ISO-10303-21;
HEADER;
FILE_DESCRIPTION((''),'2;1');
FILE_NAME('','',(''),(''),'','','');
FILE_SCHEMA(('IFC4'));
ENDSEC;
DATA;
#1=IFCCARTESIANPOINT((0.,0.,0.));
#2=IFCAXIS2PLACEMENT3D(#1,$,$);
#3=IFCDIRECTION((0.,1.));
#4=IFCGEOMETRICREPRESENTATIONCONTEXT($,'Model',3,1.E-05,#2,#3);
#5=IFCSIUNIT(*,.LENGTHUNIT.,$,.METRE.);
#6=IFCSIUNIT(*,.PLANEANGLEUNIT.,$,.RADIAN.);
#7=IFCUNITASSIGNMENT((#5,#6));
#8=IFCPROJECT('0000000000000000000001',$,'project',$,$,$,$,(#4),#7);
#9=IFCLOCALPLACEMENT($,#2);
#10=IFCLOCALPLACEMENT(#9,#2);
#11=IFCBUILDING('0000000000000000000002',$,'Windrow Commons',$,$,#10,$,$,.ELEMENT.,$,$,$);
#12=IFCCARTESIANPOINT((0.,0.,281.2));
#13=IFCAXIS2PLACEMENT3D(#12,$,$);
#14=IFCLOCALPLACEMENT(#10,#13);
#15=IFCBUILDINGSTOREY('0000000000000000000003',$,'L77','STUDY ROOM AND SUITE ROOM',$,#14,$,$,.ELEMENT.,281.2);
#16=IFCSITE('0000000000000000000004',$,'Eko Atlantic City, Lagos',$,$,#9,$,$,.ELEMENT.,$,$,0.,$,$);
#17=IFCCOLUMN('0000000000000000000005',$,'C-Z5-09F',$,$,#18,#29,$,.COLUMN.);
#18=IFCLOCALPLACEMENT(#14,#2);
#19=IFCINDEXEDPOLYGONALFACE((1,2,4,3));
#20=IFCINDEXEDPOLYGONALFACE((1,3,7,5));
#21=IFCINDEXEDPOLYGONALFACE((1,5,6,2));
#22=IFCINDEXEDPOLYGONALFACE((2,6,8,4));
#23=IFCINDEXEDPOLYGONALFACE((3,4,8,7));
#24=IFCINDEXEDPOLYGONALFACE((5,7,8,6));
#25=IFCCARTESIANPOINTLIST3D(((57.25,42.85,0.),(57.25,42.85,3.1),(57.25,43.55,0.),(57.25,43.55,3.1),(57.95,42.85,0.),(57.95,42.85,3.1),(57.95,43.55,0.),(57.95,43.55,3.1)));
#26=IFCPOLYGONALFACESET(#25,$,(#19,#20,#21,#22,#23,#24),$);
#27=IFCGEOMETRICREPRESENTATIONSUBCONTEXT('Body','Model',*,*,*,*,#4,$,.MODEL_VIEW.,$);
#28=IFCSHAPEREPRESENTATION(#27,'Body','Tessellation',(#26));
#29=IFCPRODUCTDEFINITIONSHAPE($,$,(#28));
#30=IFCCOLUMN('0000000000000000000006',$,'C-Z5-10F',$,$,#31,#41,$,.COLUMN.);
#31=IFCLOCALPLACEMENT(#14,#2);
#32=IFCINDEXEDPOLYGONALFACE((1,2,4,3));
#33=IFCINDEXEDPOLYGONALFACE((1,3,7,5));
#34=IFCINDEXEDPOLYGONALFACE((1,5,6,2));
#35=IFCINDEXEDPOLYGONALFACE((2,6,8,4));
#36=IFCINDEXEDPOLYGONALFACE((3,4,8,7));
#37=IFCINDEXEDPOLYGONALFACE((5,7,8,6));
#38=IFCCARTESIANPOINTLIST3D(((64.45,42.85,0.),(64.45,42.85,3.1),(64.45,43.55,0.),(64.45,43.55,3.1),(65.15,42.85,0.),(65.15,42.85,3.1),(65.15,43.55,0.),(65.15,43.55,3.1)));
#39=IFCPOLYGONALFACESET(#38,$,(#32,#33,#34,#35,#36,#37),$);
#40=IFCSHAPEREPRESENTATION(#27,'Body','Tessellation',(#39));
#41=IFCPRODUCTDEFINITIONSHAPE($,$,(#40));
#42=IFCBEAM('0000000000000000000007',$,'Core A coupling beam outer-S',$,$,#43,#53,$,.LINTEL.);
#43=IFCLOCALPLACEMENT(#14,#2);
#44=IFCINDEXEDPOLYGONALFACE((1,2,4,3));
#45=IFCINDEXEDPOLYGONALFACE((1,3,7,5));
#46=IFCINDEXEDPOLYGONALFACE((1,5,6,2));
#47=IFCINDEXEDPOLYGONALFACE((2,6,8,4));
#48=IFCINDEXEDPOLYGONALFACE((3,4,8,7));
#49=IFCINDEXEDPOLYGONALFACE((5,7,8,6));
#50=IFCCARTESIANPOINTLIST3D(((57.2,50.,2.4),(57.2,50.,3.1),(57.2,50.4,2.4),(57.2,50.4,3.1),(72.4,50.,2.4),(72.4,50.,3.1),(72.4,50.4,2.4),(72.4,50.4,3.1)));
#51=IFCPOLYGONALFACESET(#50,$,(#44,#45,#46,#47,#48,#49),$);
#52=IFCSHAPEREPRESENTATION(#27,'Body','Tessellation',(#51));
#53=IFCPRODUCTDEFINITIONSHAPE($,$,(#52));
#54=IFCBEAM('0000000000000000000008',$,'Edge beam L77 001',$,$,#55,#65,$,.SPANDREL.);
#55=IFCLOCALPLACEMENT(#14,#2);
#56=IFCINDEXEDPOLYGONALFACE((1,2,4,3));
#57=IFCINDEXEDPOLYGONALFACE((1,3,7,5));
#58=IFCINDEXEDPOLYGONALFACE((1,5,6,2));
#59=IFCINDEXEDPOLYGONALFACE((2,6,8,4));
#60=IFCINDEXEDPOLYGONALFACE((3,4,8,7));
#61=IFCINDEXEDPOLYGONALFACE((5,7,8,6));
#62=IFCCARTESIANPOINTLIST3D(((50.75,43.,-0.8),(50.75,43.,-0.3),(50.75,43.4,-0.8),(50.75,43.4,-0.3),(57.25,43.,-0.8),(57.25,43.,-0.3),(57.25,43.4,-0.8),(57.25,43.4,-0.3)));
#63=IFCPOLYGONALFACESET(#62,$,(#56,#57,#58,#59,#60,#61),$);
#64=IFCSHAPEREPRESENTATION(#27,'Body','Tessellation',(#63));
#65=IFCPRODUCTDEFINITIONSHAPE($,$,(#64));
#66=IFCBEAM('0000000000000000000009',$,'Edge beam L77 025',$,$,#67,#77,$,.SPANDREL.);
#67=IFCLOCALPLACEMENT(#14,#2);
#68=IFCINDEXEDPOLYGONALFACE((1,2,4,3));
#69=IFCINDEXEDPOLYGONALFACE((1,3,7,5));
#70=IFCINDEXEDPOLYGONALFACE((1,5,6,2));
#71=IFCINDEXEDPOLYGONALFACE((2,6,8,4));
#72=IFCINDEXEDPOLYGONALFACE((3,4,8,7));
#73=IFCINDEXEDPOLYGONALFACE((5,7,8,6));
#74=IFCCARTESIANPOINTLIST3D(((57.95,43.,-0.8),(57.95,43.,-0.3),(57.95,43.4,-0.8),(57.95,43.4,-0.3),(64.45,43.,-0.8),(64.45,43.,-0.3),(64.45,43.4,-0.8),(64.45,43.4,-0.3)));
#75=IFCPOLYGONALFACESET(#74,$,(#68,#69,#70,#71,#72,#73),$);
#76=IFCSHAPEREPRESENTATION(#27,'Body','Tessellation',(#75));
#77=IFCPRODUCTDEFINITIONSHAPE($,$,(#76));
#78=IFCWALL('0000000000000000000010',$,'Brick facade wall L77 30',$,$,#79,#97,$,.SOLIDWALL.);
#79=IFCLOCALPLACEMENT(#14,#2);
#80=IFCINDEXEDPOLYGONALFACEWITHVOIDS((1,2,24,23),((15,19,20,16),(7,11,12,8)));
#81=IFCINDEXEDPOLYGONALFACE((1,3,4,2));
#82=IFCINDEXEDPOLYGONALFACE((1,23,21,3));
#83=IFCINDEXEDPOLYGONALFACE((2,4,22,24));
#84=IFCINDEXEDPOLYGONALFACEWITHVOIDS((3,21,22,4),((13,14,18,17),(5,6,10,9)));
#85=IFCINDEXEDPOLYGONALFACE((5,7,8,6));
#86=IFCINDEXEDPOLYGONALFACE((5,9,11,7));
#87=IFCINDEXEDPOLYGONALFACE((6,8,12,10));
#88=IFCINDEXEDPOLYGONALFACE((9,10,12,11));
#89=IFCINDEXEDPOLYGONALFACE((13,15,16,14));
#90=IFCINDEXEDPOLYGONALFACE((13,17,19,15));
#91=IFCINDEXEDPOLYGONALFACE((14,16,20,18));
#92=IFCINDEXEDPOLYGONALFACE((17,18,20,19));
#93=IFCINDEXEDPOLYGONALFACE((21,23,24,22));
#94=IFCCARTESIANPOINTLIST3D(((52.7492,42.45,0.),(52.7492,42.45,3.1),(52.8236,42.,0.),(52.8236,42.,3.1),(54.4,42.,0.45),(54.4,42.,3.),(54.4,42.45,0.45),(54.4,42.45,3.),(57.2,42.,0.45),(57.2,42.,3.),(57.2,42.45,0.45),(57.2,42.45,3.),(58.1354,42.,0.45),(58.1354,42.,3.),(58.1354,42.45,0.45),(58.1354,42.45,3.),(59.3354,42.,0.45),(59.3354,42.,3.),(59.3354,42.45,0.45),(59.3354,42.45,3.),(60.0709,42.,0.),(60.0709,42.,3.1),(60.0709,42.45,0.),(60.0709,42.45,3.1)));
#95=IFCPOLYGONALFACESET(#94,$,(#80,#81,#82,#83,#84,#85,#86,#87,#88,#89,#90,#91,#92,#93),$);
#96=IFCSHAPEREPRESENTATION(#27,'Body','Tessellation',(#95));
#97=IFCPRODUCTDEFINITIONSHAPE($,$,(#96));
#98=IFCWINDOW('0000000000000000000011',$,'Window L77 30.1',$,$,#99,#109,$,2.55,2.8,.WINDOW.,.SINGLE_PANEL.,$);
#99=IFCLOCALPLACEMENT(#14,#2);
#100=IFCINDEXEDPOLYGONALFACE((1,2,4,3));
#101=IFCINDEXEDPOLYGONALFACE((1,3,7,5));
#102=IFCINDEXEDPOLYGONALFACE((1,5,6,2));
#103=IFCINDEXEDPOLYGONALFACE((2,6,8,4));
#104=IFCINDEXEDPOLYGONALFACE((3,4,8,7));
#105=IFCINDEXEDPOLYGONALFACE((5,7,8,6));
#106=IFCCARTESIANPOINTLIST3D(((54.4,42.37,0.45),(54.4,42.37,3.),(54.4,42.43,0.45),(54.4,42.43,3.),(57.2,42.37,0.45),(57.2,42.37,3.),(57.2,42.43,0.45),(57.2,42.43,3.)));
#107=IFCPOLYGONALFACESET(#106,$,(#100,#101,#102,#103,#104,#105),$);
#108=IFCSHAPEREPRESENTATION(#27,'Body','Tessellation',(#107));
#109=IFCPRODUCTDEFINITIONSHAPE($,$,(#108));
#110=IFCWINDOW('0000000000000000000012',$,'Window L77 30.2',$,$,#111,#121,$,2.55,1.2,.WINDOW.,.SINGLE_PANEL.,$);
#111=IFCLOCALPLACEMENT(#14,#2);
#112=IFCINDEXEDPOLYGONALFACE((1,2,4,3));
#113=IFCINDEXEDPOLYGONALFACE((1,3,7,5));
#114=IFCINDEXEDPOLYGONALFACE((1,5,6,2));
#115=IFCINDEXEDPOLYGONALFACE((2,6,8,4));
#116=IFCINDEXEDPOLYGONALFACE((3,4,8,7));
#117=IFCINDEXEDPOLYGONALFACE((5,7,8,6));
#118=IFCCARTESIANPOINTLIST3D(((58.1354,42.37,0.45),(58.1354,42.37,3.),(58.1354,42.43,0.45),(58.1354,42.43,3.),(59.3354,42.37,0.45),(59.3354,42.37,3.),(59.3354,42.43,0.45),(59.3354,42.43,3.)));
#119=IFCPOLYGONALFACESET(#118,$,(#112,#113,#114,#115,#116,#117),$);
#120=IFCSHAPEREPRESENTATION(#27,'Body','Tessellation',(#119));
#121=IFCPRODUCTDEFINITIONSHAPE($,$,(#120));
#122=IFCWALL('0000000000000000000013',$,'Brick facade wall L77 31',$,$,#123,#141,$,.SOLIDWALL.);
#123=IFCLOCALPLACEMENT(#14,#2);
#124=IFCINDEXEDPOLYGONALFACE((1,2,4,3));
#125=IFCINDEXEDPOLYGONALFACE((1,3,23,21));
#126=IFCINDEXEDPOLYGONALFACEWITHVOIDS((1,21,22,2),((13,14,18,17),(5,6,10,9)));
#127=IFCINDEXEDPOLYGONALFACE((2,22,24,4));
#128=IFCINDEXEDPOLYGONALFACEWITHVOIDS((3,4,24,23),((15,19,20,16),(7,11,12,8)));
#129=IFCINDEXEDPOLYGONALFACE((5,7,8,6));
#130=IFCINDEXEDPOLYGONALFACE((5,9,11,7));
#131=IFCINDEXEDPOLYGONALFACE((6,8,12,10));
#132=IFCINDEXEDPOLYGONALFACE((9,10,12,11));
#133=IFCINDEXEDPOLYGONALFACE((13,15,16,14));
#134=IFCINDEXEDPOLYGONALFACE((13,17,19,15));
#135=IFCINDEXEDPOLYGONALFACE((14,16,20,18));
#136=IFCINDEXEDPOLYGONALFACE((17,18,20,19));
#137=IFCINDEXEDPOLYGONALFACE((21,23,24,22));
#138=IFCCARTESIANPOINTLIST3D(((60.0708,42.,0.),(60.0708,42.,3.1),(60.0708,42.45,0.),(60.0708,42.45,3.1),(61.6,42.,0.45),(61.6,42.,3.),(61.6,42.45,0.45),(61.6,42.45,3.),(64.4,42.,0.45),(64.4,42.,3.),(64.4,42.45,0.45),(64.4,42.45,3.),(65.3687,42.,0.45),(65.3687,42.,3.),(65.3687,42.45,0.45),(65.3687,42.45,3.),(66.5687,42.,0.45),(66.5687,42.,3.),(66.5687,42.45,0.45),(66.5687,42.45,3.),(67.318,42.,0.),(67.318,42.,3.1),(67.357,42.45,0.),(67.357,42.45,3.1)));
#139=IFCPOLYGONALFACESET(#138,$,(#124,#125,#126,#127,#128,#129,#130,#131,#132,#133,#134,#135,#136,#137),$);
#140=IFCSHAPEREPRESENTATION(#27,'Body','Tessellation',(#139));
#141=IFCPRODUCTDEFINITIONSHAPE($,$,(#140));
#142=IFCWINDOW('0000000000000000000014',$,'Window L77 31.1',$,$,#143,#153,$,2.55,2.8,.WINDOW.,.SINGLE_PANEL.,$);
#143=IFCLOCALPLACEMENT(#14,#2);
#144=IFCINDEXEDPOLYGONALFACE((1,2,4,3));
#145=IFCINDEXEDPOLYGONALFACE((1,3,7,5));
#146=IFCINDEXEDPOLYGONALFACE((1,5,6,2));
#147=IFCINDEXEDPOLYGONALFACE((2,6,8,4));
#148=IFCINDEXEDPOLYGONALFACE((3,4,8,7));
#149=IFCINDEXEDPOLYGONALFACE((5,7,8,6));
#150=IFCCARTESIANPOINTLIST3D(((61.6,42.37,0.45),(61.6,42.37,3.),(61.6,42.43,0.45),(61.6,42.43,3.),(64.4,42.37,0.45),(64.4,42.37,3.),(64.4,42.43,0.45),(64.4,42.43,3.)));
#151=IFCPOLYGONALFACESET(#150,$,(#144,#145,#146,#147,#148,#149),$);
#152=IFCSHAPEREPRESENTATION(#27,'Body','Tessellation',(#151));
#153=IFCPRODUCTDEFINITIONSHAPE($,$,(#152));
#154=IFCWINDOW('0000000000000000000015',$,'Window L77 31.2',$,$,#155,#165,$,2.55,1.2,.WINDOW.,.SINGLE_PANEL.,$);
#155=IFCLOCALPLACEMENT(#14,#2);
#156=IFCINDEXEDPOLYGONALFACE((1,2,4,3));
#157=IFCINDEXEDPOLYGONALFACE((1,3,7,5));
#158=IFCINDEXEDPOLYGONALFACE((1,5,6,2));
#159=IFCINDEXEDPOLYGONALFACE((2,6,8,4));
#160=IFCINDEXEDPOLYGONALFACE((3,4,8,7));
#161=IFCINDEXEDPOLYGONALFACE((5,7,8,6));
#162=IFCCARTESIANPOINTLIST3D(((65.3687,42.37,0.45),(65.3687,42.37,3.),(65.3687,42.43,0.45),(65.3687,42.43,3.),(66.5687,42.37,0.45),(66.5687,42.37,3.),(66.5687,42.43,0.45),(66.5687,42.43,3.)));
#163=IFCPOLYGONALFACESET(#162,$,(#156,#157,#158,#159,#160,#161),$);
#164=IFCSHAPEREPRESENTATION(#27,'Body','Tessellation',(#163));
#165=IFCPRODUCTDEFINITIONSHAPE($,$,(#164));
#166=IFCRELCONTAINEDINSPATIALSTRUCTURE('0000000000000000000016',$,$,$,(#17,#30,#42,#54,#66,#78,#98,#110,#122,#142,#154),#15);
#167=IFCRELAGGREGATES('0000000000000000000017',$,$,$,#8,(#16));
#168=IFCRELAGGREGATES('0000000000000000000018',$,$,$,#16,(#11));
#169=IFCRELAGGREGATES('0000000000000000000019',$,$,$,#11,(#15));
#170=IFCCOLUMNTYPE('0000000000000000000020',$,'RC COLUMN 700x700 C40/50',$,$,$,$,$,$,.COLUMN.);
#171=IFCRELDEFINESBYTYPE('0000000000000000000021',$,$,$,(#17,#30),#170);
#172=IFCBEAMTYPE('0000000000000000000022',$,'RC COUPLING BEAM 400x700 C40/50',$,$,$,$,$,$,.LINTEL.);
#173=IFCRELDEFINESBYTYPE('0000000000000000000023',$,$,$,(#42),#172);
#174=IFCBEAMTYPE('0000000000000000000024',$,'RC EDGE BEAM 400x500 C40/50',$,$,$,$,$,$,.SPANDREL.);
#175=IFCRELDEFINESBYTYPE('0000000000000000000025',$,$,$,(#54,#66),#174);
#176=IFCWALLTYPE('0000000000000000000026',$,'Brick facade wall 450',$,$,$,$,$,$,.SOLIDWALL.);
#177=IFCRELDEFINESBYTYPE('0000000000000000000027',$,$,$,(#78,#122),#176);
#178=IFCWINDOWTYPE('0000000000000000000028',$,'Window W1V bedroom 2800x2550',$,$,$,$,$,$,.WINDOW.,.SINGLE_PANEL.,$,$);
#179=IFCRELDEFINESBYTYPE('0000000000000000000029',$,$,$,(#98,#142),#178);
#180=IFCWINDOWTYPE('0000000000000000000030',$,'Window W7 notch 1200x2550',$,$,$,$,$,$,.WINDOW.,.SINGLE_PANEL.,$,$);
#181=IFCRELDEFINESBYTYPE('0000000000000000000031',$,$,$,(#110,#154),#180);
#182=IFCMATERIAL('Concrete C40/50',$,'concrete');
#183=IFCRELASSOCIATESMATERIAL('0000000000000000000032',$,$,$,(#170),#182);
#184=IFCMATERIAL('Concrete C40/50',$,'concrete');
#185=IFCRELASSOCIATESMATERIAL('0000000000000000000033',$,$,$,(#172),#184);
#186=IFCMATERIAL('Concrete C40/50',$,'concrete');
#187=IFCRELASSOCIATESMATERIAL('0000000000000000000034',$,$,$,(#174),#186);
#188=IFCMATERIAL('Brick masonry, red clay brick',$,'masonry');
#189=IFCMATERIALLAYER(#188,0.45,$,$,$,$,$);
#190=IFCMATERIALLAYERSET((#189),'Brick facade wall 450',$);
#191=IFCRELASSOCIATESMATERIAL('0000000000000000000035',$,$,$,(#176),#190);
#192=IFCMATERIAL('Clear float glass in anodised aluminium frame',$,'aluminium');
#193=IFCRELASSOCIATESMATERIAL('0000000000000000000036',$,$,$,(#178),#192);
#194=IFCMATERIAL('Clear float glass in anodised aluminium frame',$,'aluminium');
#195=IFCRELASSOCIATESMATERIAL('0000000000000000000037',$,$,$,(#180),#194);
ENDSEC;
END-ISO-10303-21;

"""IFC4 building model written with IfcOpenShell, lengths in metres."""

from ifc_helpers import new_model, si_unit, direction, frame, frame_2d, origin, origin_2d, place, context, subcontext, project, spatial, polyline, rectangle, outline, extrude, material, layer, layer_set, material_profile, profile_set, type_object, element, fill, save


model = new_model("IFC4")

# Units and contexts
model_context = context("Model", 3, precision=1e-05, world=origin(), true_north=direction((0.0, 1.0)))
body_context = subcontext(model_context, "Body", "Model", "MODEL_VIEW")
ifc_project = project(units=[si_unit("LENGTHUNIT", "METRE"), si_unit("PLANEANGLEUNIT", "RADIAN")], contexts=[model_context])

# Site, building, storey
site_placement = place(None, origin())
site = spatial("IfcSite", under=ifc_project, at=site_placement, Name="Eko Atlantic City, Lagos", CompositionType="ELEMENT", RefElevation=0.0)
building_placement = place(site_placement, origin())
building = spatial("IfcBuilding", under=site, at=building_placement, Name="Windrow Commons", CompositionType="ELEMENT")
storey_placement = place(building_placement, frame((0.0, 0.0, 281.2)))
storey = spatial("IfcBuildingStorey", under=building, at=storey_placement, Name="L77", Description="STUDY ROOM AND SUITE ROOM", CompositionType="ELEMENT", Elevation=281.2)

# Columns
ifc_material_1 = material(Name="Concrete C40/50", Category="concrete")
ifc_material_profile_1 = material_profile(ifc_material_1, rectangle(XDim=0.7, YDim=0.7, at=origin_2d()))
ifc_profile_set_1 = profile_set([ifc_material_profile_1], Name="Concrete C40/50")
column_type = type_object("IfcColumnType", Name="RC COLUMN 700x700 C40/50", PredefinedType="COLUMN", material=ifc_profile_set_1)
for number, where, z_axis, x_axis, name in (
    (1, (57.6, 43.2, 0.0), (0.0, 0.0, 1.0), (1.0, 0.0, 0.0), "C-Z5-09F"),
    (2, (64.8, 43.2, 0.0), (0.0, 0.0, 1.0), (1.0, 0.0, 0.0), "C-Z5-10F"),
):
    element("IfcColumn", number, at=place(storey_placement, frame(where, z_axis=z_axis, x_axis=x_axis)), inside=storey, type_object=column_type, Name=name, PredefinedType="COLUMN", context=body_context, shape_type="SweptSolid", body=[
        extrude(rectangle(XDim=0.7, YDim=0.7, at=origin_2d()), origin(), (0.0, 0.0, 1.0), 3.1),
    ])

# Beams
ifc_material_2 = material(Name="Concrete C40/50", Category="concrete")
ifc_material_profile_2 = material_profile(ifc_material_2, rectangle(XDim=0.4, YDim=0.7, at=origin_2d()))
ifc_profile_set_2 = profile_set([ifc_material_profile_2], Name="Concrete C40/50")
beam_type_1 = type_object("IfcBeamType", Name="RC COUPLING BEAM 400x700 C40/50", PredefinedType="LINTEL", material=ifc_profile_set_2)
beam_placement = place(storey_placement, frame((57.2, 50.2, 2.75), z_axis=(1.0, 0.0, 0.0), x_axis=(0.0, 1.0, 0.0)))
element("IfcBeam", 3, at=beam_placement, inside=storey, type_object=beam_type_1, Name="Core A coupling beam outer-S", PredefinedType="LINTEL", context=body_context, shape_type="SweptSolid", body=[
    extrude(rectangle(XDim=0.4, YDim=0.7, at=origin_2d()), origin(), (0.0, 0.0, 1.0), 15.2),
])
ifc_material_3 = material(Name="Concrete C40/50", Category="concrete")
ifc_material_profile_3 = material_profile(ifc_material_3, rectangle(XDim=0.4, YDim=0.5, at=origin_2d()))
ifc_profile_set_3 = profile_set([ifc_material_profile_3], Name="Concrete C40/50")
beam_type_2 = type_object("IfcBeamType", Name="RC EDGE BEAM 400x500 C40/50", PredefinedType="SPANDREL", material=ifc_profile_set_3)
for number, where, z_axis, x_axis, name in (
    (4, (57.25, 43.2, -0.55), (-1.0, 0.0, 0.0), (0.0, -1.0, 0.0), "Edge beam L77 001"),
    (5, (64.45, 43.2, -0.55), (-1.0, 0.0, 0.0), (0.0, -1.0, 0.0), "Edge beam L77 025"),
):
    element("IfcBeam", number, at=place(storey_placement, frame(where, z_axis=z_axis, x_axis=x_axis)), inside=storey, type_object=beam_type_2, Name=name, PredefinedType="SPANDREL", context=body_context, shape_type="SweptSolid", body=[
        extrude(rectangle(XDim=0.4, YDim=0.5, at=origin_2d()), origin(), (0.0, 0.0, 1.0), 6.5),
    ])

# Walls, openings, windows
ifc_material_4 = material(Name="Brick masonry, red clay brick", Category="masonry")
ifc_layer_1 = layer(ifc_material_4, 0.45)
ifc_layer_set_1 = layer_set([ifc_layer_1], Name="Brick facade wall 450")
wall_type_1 = type_object("IfcWallType", Name="Brick facade wall 450", PredefinedType="SOLIDWALL", material=ifc_layer_set_1)
wall_1_placement = place(storey_placement, frame((52.7864, 42.225, 0.0), z_axis=(0.0, 0.0, 1.0), x_axis=(1.0, 0.0, 0.0)))
wall_1 = element("IfcWall", 6, at=wall_1_placement, inside=storey, type_object=wall_type_1, Name="Brick facade wall L77 30", PredefinedType="SOLIDWALL", context=body_context, shape_type="SweptSolid", body=[
    extrude(outline(polyline([(0.0372, -0.225), (7.2845, -0.225), (7.2845, 0.225), (-0.0372, 0.225), (0.0372, -0.225)])), origin(), (0.0, 0.0, 1.0), 3.1),
])
opening_1_placement = place(wall_1_placement, frame((1.6136, 0.0, 0.45)))
opening_1 = element("IfcOpeningElement", 7, at=opening_1_placement, cuts=wall_1, PredefinedType="OPENING", context=body_context, shape_type="SweptSolid", body=[
    extrude(rectangle(XDim=2.8, YDim=2.55, at=frame_2d((1.4, 1.275))), frame((0.0, 0.235, 0.0), z_axis=(0.0, -1.0, 0.0), x_axis=(1.0, 0.0, 0.0)), (0.0, 0.0, 1.0), 0.47),
])
opening_2_placement = place(wall_1_placement, frame((5.349, 0.0, 0.45)))
opening_2 = element("IfcOpeningElement", 8, at=opening_2_placement, cuts=wall_1, PredefinedType="OPENING", context=body_context, shape_type="SweptSolid", body=[
    extrude(rectangle(XDim=1.2, YDim=2.55, at=frame_2d((0.6, 1.275))), frame((0.0, 0.235, 0.0), z_axis=(0.0, -1.0, 0.0), x_axis=(1.0, 0.0, 0.0)), (0.0, 0.0, 1.0), 0.47),
])
ifc_material_5 = material(Name="Clear float glass in anodised aluminium frame", Category="aluminium")
window_type_1 = type_object("IfcWindowType", Name="Window W1V bedroom 2800x2550", PartitioningType="SINGLE_PANEL", PredefinedType="WINDOW", material=ifc_material_5)
window_1_placement = place(opening_1_placement, origin())
window_1 = element("IfcWindow", 9, at=window_1_placement, inside=storey, type_object=window_type_1, Name="Window L77 30.1", OverallHeight=2.55, OverallWidth=2.8, PartitioningType="SINGLE_PANEL", PredefinedType="WINDOW", context=body_context, shape_type="SweptSolid", body=[
    extrude(rectangle(XDim=2.8, YDim=2.55, at=frame_2d((1.4, 1.275))), frame((0.0, 0.205, 0.0), z_axis=(0.0, -1.0, 0.0), x_axis=(1.0, 0.0, 0.0)), (0.0, 0.0, 1.0), 0.06),
])
fill(opening_1, window_1)
ifc_material_6 = material(Name="Clear float glass in anodised aluminium frame", Category="aluminium")
window_type_2 = type_object("IfcWindowType", Name="Window W7 notch 1200x2550", PartitioningType="SINGLE_PANEL", PredefinedType="WINDOW", material=ifc_material_6)
window_2_placement = place(opening_2_placement, origin())
window_2 = element("IfcWindow", 10, at=window_2_placement, inside=storey, type_object=window_type_2, Name="Window L77 30.2", OverallHeight=2.55, OverallWidth=1.2, PartitioningType="SINGLE_PANEL", PredefinedType="WINDOW", context=body_context, shape_type="SweptSolid", body=[
    extrude(rectangle(XDim=1.2, YDim=2.55, at=frame_2d((0.6, 1.275))), frame((0.0, 0.205, 0.0), z_axis=(0.0, -1.0, 0.0), x_axis=(1.0, 0.0, 0.0)), (0.0, 0.0, 1.0), 0.06),
])
fill(opening_2, window_2)
wall_2_placement = place(storey_placement, frame((60.0708, 42.225, 0.0), z_axis=(0.0, 0.0, 1.0), x_axis=(1.0, 0.0, 0.0)))
wall_2 = element("IfcWall", 11, at=wall_2_placement, inside=storey, type_object=wall_type_1, Name="Brick facade wall L77 31", PredefinedType="SOLIDWALL", context=body_context, shape_type="SweptSolid", body=[
    extrude(outline(polyline([(0.0, -0.225), (7.2472, -0.225), (7.2862, 0.225), (0.0, 0.225), (0.0, -0.225)])), origin(), (0.0, 0.0, 1.0), 3.1),
])
opening_3_placement = place(wall_2_placement, frame((1.5292, 0.0, 0.45)))
opening_3 = element("IfcOpeningElement", 12, at=opening_3_placement, cuts=wall_2, PredefinedType="OPENING", context=body_context, shape_type="SweptSolid", body=[
    extrude(rectangle(XDim=2.8, YDim=2.55, at=frame_2d((1.4, 1.275))), frame((0.0, 0.235, 0.0), z_axis=(0.0, -1.0, 0.0), x_axis=(1.0, 0.0, 0.0)), (0.0, 0.0, 1.0), 0.47),
])
opening_4_placement = place(wall_2_placement, frame((5.2979, 0.0, 0.45)))
opening_4 = element("IfcOpeningElement", 13, at=opening_4_placement, cuts=wall_2, PredefinedType="OPENING", context=body_context, shape_type="SweptSolid", body=[
    extrude(rectangle(XDim=1.2, YDim=2.55, at=frame_2d((0.6, 1.275))), frame((0.0, 0.235, 0.0), z_axis=(0.0, -1.0, 0.0), x_axis=(1.0, 0.0, 0.0)), (0.0, 0.0, 1.0), 0.47),
])
window_3_placement = place(opening_3_placement, origin())
window_3 = element("IfcWindow", 14, at=window_3_placement, inside=storey, type_object=window_type_1, Name="Window L77 31.1", OverallHeight=2.55, OverallWidth=2.8, PartitioningType="SINGLE_PANEL", PredefinedType="WINDOW", context=body_context, shape_type="SweptSolid", body=[
    extrude(rectangle(XDim=2.8, YDim=2.55, at=frame_2d((1.4, 1.275))), frame((0.0, 0.205, 0.0), z_axis=(0.0, -1.0, 0.0), x_axis=(1.0, 0.0, 0.0)), (0.0, 0.0, 1.0), 0.06),
])
fill(opening_3, window_3)
window_4_placement = place(opening_4_placement, origin())
window_4 = element("IfcWindow", 15, at=window_4_placement, inside=storey, type_object=window_type_2, Name="Window L77 31.2", OverallHeight=2.55, OverallWidth=1.2, PartitioningType="SINGLE_PANEL", PredefinedType="WINDOW", context=body_context, shape_type="SweptSolid", body=[
    extrude(rectangle(XDim=1.2, YDim=2.55, at=frame_2d((0.6, 1.275))), frame((0.0, 0.205, 0.0), z_axis=(0.0, -1.0, 0.0), x_axis=(1.0, 0.0, 0.0)), (0.0, 0.0, 1.0), 0.06),
])
fill(opening_4, window_4)

save(model, "model.ifc")
